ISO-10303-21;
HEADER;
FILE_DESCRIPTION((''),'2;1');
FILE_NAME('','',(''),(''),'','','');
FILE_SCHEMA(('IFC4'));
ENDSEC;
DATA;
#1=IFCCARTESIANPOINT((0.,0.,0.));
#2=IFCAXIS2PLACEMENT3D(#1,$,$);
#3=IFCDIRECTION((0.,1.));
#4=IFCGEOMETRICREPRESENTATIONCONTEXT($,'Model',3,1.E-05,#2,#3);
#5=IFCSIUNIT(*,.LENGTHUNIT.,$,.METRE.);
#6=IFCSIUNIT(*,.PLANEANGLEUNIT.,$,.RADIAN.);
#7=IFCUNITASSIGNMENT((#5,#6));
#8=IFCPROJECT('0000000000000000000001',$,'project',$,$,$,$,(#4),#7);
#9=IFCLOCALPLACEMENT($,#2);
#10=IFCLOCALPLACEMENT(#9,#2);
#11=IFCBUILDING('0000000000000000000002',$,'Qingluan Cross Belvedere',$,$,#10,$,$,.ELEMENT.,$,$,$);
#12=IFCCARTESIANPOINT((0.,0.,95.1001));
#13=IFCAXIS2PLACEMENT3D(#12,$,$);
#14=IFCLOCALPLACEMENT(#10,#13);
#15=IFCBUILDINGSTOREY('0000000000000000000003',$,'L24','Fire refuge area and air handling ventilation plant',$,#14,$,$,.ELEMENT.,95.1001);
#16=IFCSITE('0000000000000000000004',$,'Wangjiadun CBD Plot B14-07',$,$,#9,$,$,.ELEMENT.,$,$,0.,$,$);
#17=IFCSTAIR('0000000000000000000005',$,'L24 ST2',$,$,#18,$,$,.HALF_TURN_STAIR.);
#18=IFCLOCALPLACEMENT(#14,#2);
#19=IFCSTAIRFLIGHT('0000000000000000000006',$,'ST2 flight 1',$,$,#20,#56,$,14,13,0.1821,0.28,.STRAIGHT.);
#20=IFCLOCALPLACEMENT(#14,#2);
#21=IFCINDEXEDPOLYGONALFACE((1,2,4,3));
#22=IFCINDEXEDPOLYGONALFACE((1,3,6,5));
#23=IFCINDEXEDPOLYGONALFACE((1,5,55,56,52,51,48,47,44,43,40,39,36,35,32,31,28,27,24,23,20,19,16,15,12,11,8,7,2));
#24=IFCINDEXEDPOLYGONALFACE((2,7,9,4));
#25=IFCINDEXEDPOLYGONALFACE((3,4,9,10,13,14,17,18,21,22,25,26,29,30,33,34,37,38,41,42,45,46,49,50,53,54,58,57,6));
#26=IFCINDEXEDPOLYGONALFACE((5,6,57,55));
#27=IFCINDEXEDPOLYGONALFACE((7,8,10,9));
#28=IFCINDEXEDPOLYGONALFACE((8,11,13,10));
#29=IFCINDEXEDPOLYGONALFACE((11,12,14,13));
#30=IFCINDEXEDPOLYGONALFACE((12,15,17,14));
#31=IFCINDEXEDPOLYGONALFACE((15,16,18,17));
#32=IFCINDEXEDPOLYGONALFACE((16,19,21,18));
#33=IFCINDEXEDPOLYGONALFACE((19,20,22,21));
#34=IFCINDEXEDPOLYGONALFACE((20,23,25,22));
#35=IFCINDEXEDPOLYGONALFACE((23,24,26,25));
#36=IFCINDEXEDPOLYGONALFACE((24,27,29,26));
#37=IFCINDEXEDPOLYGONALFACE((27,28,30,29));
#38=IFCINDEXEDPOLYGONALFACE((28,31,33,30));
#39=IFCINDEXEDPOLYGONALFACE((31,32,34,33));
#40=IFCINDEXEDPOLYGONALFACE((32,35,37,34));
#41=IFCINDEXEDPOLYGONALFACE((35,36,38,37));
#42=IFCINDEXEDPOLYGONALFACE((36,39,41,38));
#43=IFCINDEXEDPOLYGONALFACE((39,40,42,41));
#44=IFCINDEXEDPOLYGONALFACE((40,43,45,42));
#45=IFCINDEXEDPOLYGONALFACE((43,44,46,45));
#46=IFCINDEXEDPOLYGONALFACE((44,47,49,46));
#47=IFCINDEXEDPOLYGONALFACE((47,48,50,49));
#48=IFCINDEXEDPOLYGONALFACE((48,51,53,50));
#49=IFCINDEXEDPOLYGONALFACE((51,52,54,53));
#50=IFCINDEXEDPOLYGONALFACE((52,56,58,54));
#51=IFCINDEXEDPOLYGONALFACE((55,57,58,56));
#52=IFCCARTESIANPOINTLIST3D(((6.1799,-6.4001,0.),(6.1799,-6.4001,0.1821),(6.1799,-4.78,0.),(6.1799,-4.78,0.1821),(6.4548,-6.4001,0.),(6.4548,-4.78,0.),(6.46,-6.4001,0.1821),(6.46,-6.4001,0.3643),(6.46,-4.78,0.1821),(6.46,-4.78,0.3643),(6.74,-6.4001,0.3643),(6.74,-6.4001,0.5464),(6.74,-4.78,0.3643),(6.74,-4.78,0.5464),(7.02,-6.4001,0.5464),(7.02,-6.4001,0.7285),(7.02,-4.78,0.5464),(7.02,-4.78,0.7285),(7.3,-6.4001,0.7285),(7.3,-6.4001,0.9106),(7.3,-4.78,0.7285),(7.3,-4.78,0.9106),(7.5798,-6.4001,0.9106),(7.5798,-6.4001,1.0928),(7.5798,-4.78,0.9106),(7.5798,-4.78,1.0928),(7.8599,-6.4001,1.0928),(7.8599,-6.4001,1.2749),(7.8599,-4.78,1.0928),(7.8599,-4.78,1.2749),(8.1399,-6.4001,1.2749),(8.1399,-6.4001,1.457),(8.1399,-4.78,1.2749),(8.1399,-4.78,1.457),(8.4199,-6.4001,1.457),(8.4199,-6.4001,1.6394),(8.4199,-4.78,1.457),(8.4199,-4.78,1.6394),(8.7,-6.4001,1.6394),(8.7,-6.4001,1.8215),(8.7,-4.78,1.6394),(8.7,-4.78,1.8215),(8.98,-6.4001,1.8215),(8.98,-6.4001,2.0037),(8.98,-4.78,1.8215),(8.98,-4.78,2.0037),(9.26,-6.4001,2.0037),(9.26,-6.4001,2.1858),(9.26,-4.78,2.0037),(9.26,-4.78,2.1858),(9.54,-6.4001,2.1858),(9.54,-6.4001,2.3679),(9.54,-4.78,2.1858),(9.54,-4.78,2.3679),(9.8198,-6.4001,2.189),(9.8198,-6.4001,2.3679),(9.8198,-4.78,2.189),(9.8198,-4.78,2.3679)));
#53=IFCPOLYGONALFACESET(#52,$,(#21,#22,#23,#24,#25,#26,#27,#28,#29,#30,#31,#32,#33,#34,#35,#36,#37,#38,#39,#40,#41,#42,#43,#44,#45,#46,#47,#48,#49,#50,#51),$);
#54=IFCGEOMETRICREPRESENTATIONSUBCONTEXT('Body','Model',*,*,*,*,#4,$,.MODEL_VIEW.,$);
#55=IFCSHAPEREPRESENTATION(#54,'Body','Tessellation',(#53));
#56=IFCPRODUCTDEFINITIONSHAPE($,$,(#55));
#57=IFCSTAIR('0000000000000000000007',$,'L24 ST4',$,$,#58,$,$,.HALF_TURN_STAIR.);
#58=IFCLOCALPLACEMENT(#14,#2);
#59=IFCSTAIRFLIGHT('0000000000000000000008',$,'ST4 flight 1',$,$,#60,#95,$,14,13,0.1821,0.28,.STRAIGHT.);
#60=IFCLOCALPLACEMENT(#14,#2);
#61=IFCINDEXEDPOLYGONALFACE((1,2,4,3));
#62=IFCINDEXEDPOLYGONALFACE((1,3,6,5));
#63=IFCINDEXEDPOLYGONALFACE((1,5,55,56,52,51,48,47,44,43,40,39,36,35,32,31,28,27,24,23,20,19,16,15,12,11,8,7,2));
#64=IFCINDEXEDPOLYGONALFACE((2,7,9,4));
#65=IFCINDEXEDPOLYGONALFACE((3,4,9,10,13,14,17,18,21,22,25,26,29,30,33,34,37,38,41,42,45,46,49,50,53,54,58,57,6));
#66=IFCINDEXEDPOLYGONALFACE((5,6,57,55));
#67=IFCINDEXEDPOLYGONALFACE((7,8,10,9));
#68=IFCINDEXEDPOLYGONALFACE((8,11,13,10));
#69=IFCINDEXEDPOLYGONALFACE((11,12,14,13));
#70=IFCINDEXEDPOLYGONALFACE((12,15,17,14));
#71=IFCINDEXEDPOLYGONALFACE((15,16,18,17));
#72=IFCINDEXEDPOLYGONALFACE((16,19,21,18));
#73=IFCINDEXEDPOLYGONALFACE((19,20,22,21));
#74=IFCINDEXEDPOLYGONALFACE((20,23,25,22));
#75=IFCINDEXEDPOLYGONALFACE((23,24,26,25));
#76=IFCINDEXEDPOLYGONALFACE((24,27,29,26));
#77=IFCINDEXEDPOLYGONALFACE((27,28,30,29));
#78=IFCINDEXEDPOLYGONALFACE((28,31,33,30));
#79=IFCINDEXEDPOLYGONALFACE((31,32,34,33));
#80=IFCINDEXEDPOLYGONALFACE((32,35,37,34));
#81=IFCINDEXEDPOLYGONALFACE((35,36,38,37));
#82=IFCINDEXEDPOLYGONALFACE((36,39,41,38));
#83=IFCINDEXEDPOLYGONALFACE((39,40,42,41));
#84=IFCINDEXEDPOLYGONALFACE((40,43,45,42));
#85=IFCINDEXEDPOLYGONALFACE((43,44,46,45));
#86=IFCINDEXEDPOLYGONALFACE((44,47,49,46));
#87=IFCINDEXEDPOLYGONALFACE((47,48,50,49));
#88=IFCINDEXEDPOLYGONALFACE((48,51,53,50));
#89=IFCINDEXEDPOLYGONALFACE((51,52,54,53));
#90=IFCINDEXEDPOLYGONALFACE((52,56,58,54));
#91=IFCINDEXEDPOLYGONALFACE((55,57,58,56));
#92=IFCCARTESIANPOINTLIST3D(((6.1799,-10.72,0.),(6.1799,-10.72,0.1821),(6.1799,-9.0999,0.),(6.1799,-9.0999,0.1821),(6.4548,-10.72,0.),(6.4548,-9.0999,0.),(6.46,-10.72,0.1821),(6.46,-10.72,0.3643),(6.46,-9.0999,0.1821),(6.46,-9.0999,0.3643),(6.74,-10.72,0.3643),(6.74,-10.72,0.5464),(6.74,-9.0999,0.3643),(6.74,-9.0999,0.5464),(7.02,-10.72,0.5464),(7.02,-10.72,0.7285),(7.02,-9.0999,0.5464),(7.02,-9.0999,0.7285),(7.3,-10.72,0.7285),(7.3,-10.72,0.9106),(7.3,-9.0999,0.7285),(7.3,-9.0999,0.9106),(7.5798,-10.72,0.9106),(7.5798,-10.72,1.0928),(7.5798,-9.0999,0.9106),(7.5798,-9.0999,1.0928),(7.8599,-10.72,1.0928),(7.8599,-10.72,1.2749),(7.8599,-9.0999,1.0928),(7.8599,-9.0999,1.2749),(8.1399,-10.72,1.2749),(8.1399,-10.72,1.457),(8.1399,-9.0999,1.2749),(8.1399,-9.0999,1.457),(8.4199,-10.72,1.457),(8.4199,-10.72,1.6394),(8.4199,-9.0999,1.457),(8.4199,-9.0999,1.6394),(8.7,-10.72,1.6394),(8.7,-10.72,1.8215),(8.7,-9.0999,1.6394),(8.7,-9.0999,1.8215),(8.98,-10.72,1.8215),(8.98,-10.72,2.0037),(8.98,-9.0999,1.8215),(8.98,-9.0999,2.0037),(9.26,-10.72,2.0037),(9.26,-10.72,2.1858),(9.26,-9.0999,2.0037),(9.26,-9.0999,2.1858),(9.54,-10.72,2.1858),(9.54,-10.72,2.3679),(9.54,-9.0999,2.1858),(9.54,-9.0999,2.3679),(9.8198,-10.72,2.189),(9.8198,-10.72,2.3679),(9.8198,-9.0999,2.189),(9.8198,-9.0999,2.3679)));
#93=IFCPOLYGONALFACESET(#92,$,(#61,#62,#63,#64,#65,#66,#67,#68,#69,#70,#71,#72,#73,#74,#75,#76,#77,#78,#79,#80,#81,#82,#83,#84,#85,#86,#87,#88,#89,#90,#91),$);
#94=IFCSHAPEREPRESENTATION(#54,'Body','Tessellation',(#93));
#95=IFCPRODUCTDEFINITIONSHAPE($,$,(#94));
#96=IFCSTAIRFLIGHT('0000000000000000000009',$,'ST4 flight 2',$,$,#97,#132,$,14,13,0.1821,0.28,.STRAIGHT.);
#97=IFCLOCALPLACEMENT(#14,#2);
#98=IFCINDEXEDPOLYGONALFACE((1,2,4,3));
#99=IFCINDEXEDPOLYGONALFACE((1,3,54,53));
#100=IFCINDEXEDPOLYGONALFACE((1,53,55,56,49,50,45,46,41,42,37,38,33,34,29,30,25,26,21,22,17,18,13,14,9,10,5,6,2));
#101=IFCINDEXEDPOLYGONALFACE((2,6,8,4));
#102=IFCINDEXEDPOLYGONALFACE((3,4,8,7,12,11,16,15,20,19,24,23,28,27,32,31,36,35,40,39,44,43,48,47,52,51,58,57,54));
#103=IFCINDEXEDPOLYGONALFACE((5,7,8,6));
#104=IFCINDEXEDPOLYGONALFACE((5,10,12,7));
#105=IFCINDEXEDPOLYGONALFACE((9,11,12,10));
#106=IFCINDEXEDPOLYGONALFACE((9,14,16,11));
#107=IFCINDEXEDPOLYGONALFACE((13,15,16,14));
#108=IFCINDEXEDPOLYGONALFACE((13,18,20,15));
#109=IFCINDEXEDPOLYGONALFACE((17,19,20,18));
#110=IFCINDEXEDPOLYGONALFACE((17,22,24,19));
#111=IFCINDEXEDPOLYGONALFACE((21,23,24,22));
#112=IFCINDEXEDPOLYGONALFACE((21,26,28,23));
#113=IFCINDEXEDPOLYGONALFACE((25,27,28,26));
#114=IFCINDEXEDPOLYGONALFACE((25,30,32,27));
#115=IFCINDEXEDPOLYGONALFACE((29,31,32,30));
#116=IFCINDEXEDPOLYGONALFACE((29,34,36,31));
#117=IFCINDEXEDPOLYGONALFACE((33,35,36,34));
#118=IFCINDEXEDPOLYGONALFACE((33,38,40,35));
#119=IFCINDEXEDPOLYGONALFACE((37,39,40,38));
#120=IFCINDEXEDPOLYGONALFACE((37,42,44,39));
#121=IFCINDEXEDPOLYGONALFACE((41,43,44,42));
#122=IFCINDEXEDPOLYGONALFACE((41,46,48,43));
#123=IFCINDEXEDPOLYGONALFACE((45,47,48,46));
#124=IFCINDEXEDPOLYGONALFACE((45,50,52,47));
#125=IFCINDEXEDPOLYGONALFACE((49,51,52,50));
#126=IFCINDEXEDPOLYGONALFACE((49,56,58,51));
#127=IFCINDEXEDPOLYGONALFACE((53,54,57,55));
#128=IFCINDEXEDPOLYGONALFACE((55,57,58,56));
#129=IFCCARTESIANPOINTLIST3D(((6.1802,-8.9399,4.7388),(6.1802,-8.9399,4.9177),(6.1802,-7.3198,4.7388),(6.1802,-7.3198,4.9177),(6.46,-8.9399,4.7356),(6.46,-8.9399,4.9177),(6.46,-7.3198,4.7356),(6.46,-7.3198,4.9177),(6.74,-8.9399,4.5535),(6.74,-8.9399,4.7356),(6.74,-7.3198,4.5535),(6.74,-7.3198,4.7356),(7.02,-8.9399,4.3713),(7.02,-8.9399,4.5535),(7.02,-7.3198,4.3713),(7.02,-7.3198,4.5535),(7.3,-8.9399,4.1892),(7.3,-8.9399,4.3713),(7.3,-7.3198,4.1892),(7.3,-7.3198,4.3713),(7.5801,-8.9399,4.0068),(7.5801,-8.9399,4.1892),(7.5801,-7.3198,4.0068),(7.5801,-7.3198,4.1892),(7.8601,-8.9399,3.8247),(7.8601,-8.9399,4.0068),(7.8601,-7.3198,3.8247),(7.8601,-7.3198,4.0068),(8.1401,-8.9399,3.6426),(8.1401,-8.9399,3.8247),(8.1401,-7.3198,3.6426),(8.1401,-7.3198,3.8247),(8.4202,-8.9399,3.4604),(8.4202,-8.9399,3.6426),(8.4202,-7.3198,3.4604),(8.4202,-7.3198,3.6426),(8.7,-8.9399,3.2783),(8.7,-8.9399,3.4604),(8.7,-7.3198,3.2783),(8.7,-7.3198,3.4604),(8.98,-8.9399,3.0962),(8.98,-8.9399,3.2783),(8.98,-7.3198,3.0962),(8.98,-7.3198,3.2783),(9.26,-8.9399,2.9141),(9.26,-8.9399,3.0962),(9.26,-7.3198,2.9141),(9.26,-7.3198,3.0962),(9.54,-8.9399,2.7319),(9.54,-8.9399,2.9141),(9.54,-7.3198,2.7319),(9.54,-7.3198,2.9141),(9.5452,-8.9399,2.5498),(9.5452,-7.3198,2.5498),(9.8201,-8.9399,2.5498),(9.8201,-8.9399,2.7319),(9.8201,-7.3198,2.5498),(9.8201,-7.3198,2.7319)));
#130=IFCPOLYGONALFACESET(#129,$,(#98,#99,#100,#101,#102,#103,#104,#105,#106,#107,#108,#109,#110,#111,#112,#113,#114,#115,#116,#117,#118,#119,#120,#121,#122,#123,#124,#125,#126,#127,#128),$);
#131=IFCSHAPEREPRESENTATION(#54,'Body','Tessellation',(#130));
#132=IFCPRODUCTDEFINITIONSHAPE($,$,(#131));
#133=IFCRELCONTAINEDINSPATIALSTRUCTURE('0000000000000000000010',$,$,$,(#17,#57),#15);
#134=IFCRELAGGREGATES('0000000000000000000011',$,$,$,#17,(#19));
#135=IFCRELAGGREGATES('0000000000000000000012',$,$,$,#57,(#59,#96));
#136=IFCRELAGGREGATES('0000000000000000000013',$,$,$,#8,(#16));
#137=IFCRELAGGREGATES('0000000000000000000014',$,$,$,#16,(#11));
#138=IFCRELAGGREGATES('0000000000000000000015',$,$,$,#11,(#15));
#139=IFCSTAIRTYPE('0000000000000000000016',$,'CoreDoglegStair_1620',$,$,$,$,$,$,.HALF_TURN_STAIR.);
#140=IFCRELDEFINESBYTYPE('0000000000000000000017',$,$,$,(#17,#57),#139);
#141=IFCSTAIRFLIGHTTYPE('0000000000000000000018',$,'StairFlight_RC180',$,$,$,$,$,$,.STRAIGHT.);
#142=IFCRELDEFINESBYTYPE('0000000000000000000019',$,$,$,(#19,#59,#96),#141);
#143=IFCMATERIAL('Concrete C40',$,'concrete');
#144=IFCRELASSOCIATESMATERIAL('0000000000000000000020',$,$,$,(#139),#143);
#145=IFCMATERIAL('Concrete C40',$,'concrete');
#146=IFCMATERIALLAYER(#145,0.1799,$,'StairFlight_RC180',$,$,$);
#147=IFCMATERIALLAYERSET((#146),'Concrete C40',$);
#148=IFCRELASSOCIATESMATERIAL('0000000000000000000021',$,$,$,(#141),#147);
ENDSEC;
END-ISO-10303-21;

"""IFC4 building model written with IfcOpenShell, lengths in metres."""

from ifc_helpers import new_model, si_unit, direction, frame, origin, place, context, subcontext, project, spatial, polyline, outline, extrude, material, layer, layer_set, type_object, element, aggregate, save


model = new_model("IFC4")

# Units and contexts
model_context = context("Model", 3, precision=1e-05, world=origin(), true_north=direction((0.0, 1.0)))
body_context = subcontext(model_context, "Body", "Model", "MODEL_VIEW")
ifc_project = project(units=[si_unit("LENGTHUNIT", "METRE"), si_unit("PLANEANGLEUNIT", "RADIAN")], contexts=[model_context])

# Site, building, storey
site_placement = place(None, origin())
site = spatial("IfcSite", under=ifc_project, at=site_placement, Name="Wangjiadun CBD Plot B14-07", CompositionType="ELEMENT", RefElevation=0.0)
building_placement = place(site_placement, origin())
building = spatial("IfcBuilding", under=site, at=building_placement, Name="Qingluan Cross Belvedere", CompositionType="ELEMENT")
storey_placement = place(building_placement, frame((0.0, 0.0, 95.1001)))
storey = spatial("IfcBuildingStorey", under=building, at=storey_placement, Name="L24", Description="Fire refuge area and air handling ventilation plant", CompositionType="ELEMENT", Elevation=95.1001)

# Stair, stair flight
ifc_material_1 = material(Name="Concrete C40", Category="concrete")
stair_type = type_object("IfcStairType", Name="CoreDoglegStair_1620", PredefinedType="HALF_TURN_STAIR", material=ifc_material_1)
stair_1_placement = place(storey_placement, origin())
stair_1 = element("IfcStair", 1, at=stair_1_placement, inside=storey, type_object=stair_type, Name="L24 ST2", PredefinedType="HALF_TURN_STAIR")
ifc_material_2 = material(Name="Concrete C40", Category="concrete")
ifc_layer_1 = layer(ifc_material_2, 0.1799, Name="StairFlight_RC180")
ifc_layer_set_1 = layer_set([ifc_layer_1], Name="Concrete C40")
stair_flight_type = type_object("IfcStairFlightType", Name="StairFlight_RC180", PredefinedType="STRAIGHT", material=ifc_layer_set_1)
stair_flight_1_placement = place(storey_placement, frame((6.1799, -5.5901, 0.0), z_axis=(0.0, 0.0, 1.0), x_axis=(1.0, 0.0, 0.0)))
stair_flight_1 = element("IfcStairFlight", 2, at=stair_flight_1_placement, type_object=stair_flight_type, Name="ST2 flight 1", NumberOfRisers=14, NumberOfTreads=13, PredefinedType="STRAIGHT", RiserHeight=0.1821, TreadLength=0.28, context=body_context, shape_type="SweptSolid", body=[
    extrude(outline(polyline([(0.0, 0.0), (0.0, 0.1821), (0.28, 0.1821), (0.28, 0.3643), (0.5601, 0.3643), (0.5601, 0.5464), (0.8401, 0.5464), (0.8401, 0.7285), (1.1201, 0.7285), (1.1201, 0.9106), (1.3999, 0.9106), (1.3999, 1.0928), (1.6799, 1.0928), (1.6799, 1.2749), (1.96, 1.2749), (1.96, 1.457), (2.24, 1.457), (2.24, 1.6394), (2.52, 1.6394), (2.52, 1.8215), (2.8, 1.8215), (2.8, 2.0037), (3.0801, 2.0037), (3.0801, 2.1858), (3.3601, 2.1858), (3.3601, 2.3679), (3.6399, 2.3679), (3.6399, 2.55), (3.6399, 2.189), (0.2749, 0.0), (0.0, 0.0)])), frame((0.0, 0.8101, 0.0), z_axis=(0.0, -1.0, 0.0), x_axis=(1.0, 0.0, 0.0)), (0.0, 0.0, 1.0), 1.6201),
])
aggregate(stair_1, [stair_flight_1])

# Stair, stair flights
stair_2_placement = place(storey_placement, origin())
stair_2 = element("IfcStair", 3, at=stair_2_placement, inside=storey, type_object=stair_type, Name="L24 ST4", PredefinedType="HALF_TURN_STAIR")
stair_flight_2_placement = place(storey_placement, frame((6.1799, -9.9099, 0.0), z_axis=(0.0, 0.0, 1.0), x_axis=(1.0, 0.0, 0.0)))
stair_flight_2 = element("IfcStairFlight", 4, at=stair_flight_2_placement, type_object=stair_flight_type, Name="ST4 flight 1", NumberOfRisers=14, NumberOfTreads=13, PredefinedType="STRAIGHT", RiserHeight=0.1821, TreadLength=0.28, context=body_context, shape_type="SweptSolid", body=[
    extrude(outline(polyline([(0.0, 0.0), (0.0, 0.1821), (0.28, 0.1821), (0.28, 0.3643), (0.5601, 0.3643), (0.5601, 0.5464), (0.8401, 0.5464), (0.8401, 0.7285), (1.1201, 0.7285), (1.1201, 0.9106), (1.3999, 0.9106), (1.3999, 1.0928), (1.6799, 1.0928), (1.6799, 1.2749), (1.96, 1.2749), (1.96, 1.457), (2.24, 1.457), (2.24, 1.6394), (2.52, 1.6394), (2.52, 1.8215), (2.8, 1.8215), (2.8, 2.0037), (3.0801, 2.0037), (3.0801, 2.1858), (3.3601, 2.1858), (3.3601, 2.3679), (3.6399, 2.3679), (3.6399, 2.55), (3.6399, 2.189), (0.2749, 0.0), (0.0, 0.0)])), frame((0.0, 0.8101, 0.0), z_axis=(0.0, -1.0, 0.0), x_axis=(1.0, 0.0, 0.0)), (0.0, 0.0, 1.0), 1.6201),
])
stair_flight_3_placement = place(storey_placement, frame((9.8201, -8.1299, 2.5498), z_axis=(0.0, 0.0, 1.0), x_axis=(-1.0, 0.0, 0.0)))
stair_flight_3 = element("IfcStairFlight", 5, at=stair_flight_3_placement, type_object=stair_flight_type, Name="ST4 flight 2", NumberOfRisers=14, NumberOfTreads=13, PredefinedType="STRAIGHT", RiserHeight=0.1821, TreadLength=0.28, context=body_context, shape_type="SweptSolid", body=[
    extrude(outline(polyline([(0.0, 0.0), (0.0, 0.1821), (0.28, 0.1821), (0.28, 0.3643), (0.5601, 0.3643), (0.5601, 0.5464), (0.8401, 0.5464), (0.8401, 0.7285), (1.1201, 0.7285), (1.1201, 0.9106), (1.3999, 0.9106), (1.3999, 1.0928), (1.6799, 1.0928), (1.6799, 1.2749), (1.96, 1.2749), (1.96, 1.457), (2.24, 1.457), (2.24, 1.6394), (2.52, 1.6394), (2.52, 1.8215), (2.8, 1.8215), (2.8, 2.0037), (3.0801, 2.0037), (3.0801, 2.1858), (3.3601, 2.1858), (3.3601, 2.3679), (3.6399, 2.3679), (3.6399, 2.55), (3.6399, 2.189), (0.2749, 0.0), (0.0, 0.0)])), frame((0.0, 0.8101, 0.0), z_axis=(0.0, -1.0, 0.0), x_axis=(1.0, 0.0, 0.0)), (0.0, 0.0, 1.0), 1.6201),
])
aggregate(stair_2, [stair_flight_2, stair_flight_3])

save(model, "model.ifc")
